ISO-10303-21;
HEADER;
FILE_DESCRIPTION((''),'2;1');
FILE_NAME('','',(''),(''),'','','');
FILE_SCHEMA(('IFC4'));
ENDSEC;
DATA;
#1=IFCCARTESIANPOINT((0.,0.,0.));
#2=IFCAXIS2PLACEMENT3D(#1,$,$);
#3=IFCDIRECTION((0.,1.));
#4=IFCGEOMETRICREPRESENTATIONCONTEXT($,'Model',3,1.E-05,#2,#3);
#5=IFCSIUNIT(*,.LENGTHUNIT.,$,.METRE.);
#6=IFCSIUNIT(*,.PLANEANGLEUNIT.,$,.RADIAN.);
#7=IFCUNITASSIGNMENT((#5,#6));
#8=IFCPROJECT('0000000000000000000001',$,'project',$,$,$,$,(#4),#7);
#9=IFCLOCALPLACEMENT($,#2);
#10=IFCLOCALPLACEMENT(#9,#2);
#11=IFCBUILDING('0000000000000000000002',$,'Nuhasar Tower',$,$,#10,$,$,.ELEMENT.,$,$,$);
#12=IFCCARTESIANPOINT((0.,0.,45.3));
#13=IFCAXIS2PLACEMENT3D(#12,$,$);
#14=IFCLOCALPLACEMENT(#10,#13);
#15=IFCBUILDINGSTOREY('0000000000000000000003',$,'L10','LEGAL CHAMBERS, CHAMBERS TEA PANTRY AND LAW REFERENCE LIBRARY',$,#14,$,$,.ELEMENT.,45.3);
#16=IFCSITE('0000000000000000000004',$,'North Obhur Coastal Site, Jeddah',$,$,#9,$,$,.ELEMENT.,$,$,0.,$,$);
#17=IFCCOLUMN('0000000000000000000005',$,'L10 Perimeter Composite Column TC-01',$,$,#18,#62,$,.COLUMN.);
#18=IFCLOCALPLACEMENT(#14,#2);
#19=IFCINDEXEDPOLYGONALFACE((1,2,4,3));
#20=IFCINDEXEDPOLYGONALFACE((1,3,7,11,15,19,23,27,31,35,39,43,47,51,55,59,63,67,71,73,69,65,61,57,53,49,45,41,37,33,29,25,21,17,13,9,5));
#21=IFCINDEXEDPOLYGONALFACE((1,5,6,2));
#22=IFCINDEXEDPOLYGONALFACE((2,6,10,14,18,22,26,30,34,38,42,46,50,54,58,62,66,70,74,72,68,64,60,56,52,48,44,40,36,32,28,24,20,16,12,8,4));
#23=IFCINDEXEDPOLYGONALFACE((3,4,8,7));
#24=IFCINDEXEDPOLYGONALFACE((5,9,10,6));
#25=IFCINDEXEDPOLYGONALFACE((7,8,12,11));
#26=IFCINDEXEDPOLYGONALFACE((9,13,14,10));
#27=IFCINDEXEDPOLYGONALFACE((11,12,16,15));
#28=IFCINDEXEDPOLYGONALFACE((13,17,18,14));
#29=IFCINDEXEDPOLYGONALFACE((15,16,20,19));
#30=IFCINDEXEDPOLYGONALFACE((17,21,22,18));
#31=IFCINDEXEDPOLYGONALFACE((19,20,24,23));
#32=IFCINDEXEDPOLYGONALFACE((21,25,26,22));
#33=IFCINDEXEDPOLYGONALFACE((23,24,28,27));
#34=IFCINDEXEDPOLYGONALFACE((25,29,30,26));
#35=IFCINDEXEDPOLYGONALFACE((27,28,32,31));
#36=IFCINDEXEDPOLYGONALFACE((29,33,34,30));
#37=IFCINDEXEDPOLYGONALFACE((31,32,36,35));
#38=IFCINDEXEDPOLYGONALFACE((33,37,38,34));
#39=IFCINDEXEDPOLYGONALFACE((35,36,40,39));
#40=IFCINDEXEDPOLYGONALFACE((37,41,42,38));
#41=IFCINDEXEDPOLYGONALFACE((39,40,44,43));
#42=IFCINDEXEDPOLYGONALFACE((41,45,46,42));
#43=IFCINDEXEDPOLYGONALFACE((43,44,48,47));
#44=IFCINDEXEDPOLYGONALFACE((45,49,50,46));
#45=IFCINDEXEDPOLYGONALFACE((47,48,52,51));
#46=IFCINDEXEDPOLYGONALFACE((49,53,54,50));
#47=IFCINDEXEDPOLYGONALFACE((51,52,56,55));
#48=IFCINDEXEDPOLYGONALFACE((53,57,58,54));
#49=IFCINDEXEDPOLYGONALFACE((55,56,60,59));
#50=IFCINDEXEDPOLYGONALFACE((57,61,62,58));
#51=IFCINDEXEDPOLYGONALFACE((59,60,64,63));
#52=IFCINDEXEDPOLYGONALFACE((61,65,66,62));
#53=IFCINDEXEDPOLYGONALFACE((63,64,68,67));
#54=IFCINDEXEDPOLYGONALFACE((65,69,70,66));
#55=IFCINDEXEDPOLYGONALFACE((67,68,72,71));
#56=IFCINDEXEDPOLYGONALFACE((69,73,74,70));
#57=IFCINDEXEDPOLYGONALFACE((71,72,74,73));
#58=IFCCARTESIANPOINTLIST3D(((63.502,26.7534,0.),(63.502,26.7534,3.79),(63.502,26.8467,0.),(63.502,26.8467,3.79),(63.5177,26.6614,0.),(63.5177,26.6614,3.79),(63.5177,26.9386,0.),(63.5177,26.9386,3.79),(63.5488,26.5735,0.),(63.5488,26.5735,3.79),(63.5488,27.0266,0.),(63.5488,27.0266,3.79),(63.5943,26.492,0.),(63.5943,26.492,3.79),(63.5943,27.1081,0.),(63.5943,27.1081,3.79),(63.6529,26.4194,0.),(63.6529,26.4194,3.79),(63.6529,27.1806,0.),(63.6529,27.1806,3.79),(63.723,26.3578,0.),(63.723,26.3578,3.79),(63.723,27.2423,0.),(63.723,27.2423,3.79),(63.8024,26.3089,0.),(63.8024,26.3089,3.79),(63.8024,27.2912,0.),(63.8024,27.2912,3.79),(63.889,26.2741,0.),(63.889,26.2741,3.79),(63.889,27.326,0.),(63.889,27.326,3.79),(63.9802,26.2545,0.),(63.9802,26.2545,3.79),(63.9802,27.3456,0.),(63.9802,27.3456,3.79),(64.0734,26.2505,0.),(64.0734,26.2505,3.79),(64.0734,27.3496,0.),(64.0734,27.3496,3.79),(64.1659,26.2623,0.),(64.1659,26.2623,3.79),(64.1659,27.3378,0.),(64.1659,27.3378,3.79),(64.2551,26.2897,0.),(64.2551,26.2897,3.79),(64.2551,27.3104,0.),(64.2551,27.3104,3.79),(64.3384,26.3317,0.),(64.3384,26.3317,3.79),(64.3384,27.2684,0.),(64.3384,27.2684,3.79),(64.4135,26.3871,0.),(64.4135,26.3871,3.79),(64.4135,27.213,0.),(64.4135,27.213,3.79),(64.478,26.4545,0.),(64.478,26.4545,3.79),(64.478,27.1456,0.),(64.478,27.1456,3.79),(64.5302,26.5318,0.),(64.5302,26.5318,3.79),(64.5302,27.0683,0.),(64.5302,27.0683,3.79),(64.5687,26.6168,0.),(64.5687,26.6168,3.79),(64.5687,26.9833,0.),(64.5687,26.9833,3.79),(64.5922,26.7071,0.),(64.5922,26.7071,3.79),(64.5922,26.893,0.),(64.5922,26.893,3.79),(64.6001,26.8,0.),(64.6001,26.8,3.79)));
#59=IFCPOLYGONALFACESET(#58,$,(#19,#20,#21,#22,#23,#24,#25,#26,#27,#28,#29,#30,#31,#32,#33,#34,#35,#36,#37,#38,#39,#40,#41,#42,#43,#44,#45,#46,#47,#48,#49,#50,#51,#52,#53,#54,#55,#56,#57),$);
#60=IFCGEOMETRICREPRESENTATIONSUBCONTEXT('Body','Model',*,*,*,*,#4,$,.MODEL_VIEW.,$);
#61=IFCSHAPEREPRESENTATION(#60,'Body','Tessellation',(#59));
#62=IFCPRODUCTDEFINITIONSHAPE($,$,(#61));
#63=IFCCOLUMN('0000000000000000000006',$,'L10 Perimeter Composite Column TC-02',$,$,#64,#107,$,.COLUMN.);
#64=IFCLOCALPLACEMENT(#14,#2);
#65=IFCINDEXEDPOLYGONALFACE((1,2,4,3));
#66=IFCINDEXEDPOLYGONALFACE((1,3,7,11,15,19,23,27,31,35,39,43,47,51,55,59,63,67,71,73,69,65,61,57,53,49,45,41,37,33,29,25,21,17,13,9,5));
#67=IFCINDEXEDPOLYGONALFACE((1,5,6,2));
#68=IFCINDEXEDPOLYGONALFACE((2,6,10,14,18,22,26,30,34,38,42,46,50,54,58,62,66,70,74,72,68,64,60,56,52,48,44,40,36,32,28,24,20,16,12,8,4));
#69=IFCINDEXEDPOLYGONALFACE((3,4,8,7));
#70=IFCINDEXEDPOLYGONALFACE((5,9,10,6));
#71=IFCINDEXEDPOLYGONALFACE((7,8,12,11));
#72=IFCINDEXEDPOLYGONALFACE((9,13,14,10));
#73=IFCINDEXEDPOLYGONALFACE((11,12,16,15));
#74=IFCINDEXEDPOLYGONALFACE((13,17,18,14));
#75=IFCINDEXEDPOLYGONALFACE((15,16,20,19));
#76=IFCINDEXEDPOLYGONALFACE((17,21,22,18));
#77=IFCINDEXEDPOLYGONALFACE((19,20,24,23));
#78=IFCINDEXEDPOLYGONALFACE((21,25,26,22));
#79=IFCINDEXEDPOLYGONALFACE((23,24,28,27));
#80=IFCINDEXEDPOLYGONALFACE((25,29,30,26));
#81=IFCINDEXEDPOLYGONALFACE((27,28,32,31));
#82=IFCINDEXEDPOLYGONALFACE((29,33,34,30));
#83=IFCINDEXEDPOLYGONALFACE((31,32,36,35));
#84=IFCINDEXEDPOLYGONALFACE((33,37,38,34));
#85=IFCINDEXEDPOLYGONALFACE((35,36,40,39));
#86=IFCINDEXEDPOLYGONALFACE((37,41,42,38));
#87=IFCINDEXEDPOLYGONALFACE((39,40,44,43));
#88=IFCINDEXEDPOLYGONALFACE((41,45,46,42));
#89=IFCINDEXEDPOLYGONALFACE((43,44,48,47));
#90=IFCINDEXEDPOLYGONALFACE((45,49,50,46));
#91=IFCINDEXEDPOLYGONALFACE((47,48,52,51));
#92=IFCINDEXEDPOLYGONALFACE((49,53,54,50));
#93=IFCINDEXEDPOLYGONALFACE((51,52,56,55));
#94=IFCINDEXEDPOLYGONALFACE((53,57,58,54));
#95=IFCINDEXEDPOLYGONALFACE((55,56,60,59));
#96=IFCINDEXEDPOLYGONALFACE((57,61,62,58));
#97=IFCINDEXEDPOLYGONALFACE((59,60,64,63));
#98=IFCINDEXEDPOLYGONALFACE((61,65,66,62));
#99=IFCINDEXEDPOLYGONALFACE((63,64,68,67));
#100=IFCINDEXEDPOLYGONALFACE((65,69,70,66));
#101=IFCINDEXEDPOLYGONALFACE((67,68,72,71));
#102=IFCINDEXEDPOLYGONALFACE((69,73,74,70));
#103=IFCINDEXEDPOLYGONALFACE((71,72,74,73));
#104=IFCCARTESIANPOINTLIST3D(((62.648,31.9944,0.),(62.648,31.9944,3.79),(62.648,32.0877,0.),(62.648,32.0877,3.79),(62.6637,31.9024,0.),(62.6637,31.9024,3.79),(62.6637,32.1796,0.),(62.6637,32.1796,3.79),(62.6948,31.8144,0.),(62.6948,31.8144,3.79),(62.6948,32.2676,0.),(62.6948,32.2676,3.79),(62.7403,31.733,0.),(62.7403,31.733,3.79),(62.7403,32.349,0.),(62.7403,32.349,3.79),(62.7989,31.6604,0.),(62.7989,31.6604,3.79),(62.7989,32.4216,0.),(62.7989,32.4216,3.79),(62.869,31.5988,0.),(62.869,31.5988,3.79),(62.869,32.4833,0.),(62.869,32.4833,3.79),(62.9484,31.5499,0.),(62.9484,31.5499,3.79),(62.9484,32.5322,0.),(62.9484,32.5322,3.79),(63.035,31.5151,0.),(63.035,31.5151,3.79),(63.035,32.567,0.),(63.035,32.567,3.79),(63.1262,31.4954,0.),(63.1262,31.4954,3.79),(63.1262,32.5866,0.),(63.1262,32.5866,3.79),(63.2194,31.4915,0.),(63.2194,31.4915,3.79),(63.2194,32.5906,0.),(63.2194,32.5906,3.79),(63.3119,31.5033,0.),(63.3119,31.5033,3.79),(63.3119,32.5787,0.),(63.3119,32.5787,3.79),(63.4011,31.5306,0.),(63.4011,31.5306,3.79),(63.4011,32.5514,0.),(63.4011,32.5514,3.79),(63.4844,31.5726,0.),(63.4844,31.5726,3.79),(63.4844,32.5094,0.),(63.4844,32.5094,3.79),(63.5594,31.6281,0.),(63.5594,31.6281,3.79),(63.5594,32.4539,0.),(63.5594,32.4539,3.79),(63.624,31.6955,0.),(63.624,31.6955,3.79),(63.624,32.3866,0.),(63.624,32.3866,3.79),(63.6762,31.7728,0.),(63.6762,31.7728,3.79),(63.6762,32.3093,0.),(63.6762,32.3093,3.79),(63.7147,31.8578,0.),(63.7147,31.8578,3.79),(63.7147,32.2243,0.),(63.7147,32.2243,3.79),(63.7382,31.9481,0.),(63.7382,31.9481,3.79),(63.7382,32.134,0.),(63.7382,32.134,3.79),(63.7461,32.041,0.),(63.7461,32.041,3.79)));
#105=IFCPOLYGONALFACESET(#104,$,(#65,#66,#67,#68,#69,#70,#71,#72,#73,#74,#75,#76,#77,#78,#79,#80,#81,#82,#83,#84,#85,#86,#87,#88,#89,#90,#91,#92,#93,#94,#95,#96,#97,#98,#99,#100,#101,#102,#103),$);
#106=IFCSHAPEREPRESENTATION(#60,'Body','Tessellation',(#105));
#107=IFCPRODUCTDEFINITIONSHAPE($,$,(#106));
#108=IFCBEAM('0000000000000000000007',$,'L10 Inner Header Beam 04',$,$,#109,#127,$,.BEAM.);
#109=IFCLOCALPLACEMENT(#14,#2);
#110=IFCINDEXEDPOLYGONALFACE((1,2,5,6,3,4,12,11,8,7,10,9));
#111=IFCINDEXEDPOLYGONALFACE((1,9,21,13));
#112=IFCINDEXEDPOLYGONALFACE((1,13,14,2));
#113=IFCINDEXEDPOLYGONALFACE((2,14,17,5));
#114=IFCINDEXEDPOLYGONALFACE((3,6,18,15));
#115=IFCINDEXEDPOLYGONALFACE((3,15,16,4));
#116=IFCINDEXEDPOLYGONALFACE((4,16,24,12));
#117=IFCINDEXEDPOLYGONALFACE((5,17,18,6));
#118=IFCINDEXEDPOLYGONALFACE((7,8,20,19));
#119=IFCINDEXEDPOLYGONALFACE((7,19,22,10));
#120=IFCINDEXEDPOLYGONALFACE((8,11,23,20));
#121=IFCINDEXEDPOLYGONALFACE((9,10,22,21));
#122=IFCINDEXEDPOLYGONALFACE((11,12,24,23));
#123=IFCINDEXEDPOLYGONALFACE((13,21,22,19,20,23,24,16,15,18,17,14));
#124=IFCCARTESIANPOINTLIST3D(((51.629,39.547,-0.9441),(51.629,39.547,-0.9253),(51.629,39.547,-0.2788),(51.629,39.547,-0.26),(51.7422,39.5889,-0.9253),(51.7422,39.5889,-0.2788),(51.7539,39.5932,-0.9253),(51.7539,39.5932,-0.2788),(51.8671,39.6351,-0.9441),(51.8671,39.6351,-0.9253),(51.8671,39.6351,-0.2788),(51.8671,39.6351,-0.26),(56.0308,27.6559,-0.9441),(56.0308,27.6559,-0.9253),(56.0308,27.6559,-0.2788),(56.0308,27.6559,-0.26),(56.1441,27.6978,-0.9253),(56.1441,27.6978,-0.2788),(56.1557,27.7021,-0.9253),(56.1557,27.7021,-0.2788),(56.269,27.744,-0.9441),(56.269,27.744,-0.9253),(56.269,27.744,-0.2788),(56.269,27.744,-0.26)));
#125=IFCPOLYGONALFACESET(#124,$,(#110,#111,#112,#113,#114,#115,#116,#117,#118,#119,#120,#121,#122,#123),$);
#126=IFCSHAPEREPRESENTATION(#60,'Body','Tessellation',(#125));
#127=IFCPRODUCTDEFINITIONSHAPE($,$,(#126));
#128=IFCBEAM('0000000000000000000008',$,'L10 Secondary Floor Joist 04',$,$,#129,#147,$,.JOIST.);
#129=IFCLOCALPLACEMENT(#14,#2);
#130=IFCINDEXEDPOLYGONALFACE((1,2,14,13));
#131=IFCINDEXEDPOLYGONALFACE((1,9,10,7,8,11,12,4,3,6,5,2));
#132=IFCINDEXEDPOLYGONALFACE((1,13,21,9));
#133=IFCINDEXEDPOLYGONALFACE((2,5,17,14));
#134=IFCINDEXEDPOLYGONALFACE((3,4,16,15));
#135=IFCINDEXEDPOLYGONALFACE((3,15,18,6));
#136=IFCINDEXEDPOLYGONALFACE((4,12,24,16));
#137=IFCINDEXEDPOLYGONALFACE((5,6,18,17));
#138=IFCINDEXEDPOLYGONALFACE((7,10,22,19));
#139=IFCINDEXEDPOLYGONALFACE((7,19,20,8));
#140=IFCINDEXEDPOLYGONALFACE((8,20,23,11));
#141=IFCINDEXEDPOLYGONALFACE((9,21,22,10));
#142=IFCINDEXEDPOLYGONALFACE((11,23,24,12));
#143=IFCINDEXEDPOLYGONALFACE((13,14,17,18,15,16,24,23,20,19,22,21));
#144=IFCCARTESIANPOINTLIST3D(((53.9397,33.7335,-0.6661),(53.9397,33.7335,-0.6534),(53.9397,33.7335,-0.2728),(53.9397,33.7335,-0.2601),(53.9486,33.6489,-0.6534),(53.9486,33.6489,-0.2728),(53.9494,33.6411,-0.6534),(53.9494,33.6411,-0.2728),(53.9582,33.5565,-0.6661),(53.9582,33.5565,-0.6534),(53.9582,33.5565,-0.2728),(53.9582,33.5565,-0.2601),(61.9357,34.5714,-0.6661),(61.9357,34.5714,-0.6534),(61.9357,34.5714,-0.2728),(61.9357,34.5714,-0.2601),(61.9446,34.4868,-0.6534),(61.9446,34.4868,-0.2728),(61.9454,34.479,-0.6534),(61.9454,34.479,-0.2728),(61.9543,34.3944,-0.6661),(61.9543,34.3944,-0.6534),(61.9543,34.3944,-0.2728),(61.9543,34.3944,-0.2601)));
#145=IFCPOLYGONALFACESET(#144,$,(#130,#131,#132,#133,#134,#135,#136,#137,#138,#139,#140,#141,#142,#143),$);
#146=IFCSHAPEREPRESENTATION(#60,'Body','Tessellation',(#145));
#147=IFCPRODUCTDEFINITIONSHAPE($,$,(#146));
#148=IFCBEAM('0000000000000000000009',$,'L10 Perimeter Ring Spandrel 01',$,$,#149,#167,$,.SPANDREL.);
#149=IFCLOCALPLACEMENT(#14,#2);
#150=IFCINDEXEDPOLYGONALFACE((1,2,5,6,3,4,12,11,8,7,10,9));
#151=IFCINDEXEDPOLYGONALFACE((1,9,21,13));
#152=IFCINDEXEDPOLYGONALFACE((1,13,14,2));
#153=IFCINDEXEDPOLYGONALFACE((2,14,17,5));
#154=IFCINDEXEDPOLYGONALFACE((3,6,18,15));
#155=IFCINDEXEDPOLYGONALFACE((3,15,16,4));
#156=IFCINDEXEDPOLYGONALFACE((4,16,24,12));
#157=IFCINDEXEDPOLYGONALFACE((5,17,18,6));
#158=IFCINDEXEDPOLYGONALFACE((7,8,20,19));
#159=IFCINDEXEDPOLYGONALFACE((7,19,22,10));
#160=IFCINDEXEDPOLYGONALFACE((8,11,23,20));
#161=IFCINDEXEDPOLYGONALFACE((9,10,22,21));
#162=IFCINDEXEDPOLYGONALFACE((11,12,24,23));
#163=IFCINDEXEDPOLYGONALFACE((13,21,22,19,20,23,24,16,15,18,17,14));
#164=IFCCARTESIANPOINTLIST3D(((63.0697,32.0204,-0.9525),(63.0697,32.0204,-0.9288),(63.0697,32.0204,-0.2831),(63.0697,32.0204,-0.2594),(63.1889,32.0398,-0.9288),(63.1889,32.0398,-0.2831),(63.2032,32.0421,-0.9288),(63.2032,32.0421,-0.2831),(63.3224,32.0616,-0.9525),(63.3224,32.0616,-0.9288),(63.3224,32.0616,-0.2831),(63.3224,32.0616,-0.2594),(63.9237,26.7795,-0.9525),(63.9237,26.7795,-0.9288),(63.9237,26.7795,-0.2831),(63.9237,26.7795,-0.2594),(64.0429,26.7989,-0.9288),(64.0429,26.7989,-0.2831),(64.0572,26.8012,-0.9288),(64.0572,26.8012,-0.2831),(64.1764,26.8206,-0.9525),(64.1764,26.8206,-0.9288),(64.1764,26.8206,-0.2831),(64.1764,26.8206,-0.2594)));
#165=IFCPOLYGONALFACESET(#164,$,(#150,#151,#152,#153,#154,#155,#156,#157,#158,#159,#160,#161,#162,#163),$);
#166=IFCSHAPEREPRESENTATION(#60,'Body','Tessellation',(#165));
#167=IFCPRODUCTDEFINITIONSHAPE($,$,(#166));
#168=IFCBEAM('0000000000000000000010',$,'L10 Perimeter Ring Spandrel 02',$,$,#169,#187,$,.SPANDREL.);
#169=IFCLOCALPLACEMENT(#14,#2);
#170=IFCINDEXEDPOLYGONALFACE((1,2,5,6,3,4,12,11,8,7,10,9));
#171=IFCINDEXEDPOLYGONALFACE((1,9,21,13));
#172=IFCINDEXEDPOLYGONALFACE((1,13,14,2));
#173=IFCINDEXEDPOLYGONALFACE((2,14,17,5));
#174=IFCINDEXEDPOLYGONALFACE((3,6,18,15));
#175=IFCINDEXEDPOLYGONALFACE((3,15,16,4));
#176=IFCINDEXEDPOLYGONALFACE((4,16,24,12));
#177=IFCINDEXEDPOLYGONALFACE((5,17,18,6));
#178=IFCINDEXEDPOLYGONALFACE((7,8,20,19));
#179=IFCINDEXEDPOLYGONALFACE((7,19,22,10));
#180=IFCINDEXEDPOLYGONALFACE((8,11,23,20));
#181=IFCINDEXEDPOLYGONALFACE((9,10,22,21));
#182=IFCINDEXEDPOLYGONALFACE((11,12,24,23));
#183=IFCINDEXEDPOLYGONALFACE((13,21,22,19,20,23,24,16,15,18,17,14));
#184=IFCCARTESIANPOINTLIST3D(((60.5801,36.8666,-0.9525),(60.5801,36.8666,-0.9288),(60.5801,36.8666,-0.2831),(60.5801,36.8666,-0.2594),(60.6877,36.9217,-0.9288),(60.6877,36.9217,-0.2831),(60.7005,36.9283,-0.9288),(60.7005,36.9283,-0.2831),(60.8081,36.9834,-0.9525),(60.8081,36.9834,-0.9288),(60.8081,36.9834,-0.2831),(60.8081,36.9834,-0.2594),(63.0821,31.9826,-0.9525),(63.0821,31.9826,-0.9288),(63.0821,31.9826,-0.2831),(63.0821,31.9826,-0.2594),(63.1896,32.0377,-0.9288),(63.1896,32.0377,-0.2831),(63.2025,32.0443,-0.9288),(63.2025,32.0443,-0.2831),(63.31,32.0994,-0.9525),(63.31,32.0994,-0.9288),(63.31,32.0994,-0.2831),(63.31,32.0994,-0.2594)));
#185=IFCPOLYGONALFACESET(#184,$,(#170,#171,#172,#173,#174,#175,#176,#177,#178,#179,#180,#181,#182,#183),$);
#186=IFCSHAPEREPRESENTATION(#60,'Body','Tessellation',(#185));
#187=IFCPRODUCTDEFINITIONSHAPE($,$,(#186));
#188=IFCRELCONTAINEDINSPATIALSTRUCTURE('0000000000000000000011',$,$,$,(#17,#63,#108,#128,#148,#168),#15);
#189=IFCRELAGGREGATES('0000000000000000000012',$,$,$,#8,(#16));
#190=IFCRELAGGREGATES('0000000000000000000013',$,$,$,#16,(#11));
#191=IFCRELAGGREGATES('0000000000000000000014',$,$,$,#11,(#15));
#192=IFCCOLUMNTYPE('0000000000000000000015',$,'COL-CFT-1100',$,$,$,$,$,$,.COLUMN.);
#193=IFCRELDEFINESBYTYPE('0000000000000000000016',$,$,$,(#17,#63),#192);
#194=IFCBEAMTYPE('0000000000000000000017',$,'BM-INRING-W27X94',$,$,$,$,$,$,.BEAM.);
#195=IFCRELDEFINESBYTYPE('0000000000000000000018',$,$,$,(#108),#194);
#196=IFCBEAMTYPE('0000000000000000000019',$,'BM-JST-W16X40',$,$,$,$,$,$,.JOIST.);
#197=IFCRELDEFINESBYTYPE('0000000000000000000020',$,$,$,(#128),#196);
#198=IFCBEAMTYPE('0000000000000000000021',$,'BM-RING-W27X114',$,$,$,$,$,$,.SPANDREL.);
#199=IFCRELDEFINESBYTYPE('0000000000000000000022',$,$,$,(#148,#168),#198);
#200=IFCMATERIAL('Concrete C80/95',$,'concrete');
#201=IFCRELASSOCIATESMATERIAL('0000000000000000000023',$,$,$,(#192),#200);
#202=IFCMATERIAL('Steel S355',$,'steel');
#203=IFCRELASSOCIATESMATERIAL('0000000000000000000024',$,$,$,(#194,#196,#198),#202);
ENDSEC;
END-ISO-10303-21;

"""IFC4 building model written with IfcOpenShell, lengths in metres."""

from ifc_helpers import new_model, si_unit, direction, frame, origin, origin_2d, place, context, subcontext, project, spatial, circle, i_section, extrude, material, material_profile, profile_set, type_object, element, save


model = new_model("IFC4")

# Units and contexts
model_context = context("Model", 3, precision=1e-05, world=origin(), true_north=direction((0.0, 1.0)))
body_context = subcontext(model_context, "Body", "Model", "MODEL_VIEW")
ifc_project = project(units=[si_unit("LENGTHUNIT", "METRE"), si_unit("PLANEANGLEUNIT", "RADIAN")], contexts=[model_context])

# Site, building, storey
site_placement = place(None, origin())
site = spatial("IfcSite", under=ifc_project, at=site_placement, Name="North Obhur Coastal Site, Jeddah", CompositionType="ELEMENT", RefElevation=0.0)
building_placement = place(site_placement, origin())
building = spatial("IfcBuilding", under=site, at=building_placement, Name="Nuhasar Tower", CompositionType="ELEMENT")
storey_placement = place(building_placement, frame((0.0, 0.0, 45.3)))
storey = spatial("IfcBuildingStorey", under=building, at=storey_placement, Name="L10", Description="LEGAL CHAMBERS, CHAMBERS TEA PANTRY AND LAW REFERENCE LIBRARY", CompositionType="ELEMENT", Elevation=45.3)

# Columns
ifc_material_1 = material(Name="Concrete C80/95", Category="concrete")
ifc_material_profile_1 = material_profile(ifc_material_1, circle(Radius=0.55, at=origin_2d()), Name="CFT1100")
ifc_profile_set_1 = profile_set([ifc_material_profile_1], Name="Concrete C80/95")
column_type = type_object("IfcColumnType", Name="COL-CFT-1100", PredefinedType="COLUMN", material=ifc_profile_set_1)
for number, where, z_axis, x_axis, name in (
    (1, (64.05, 26.8, 0.0), (0.0, 0.0, 1.0), (1.0, 0.0, 0.0), "L10 Perimeter Composite Column TC-01"),
    (2, (63.196, 32.041, 0.0), (0.0, 0.0, 1.0), (1.0, 0.0, 0.0), "L10 Perimeter Composite Column TC-02"),
):
    element("IfcColumn", number, at=place(storey_placement, frame(where, z_axis=z_axis, x_axis=x_axis)), inside=storey, type_object=column_type, Name=name, PredefinedType="COLUMN", context=body_context, shape_type="SweptSolid", body=[
        extrude(circle(Radius=0.55, at=origin_2d()), origin(), (0.0, 0.0, 1.0), 3.79),
    ])

# Beams
ifc_material_2 = material(Name="Steel S355", Category="steel")
ifc_material_profile_2 = material_profile(ifc_material_2, i_section(OverallWidth=0.2539, OverallDepth=0.6841, WebThickness=0.0125, FlangeThickness=0.0188, at=origin_2d()), Name="W27X94")
ifc_profile_set_2 = profile_set([ifc_material_profile_2], Name="Steel S355")
beam_type_1 = type_object("IfcBeamType", Name="BM-INRING-W27X94", PredefinedType="BEAM", material=ifc_profile_set_2)
beam_1_placement = place(storey_placement, frame((56.1499, 27.7, -0.6021), z_axis=(-0.347158, 0.937807, 0.0), x_axis=(-0.937807, -0.347158, 0.0)))
element("IfcBeam", 3, at=beam_1_placement, inside=storey, type_object=beam_type_1, Name="L10 Inner Header Beam 04", PredefinedType="BEAM", context=body_context, shape_type="SweptSolid", body=[
    extrude(i_section(OverallWidth=0.2539, OverallDepth=0.6841, WebThickness=0.0125, FlangeThickness=0.0188, at=origin_2d()), origin(), (0.0, 0.0, 1.0), 12.6797),
])
ifc_material_profile_3 = material_profile(ifc_material_2, i_section(OverallWidth=0.178, OverallDepth=0.406, WebThickness=0.0078, FlangeThickness=0.0127, at=origin_2d()), Name="W16X40")
ifc_profile_set_3 = profile_set([ifc_material_profile_3], Name="Steel S355")
beam_type_2 = type_object("IfcBeamType", Name="BM-JST-W16X40", PredefinedType="JOIST", material=ifc_profile_set_3)
beam_2_placement = place(storey_placement, frame((53.949, 33.645, -0.4631), z_axis=(0.994555, 0.104217, 0.0), x_axis=(-0.104217, 0.994555, 0.0)))
element("IfcBeam", 4, at=beam_2_placement, inside=storey, type_object=beam_type_2, Name="L10 Secondary Floor Joist 04", PredefinedType="JOIST", context=body_context, shape_type="SweptSolid", body=[
    extrude(i_section(OverallWidth=0.178, OverallDepth=0.406, WebThickness=0.0078, FlangeThickness=0.0127, at=origin_2d()), origin(), (0.0, 0.0, 1.0), 8.0398),
])
ifc_material_profile_4 = material_profile(ifc_material_2, i_section(OverallWidth=0.2561, OverallDepth=0.6931, WebThickness=0.0144, FlangeThickness=0.0237, at=origin_2d()), Name="W27X114")
ifc_profile_set_4 = profile_set([ifc_material_profile_4], Name="Steel S355")
beam_type_3 = type_object("IfcBeamType", Name="BM-RING-W27X114", PredefinedType="SPANDREL", material=ifc_profile_set_4)
beam_3_placement = place(storey_placement, frame((64.05, 26.8, -0.606), z_axis=(-0.160827, 0.986983, 0.0), x_axis=(-0.986983, -0.160827, 0.0)))
element("IfcBeam", 5, at=beam_3_placement, inside=storey, type_object=beam_type_3, Name="L10 Perimeter Ring Spandrel 01", PredefinedType="SPANDREL", context=body_context, shape_type="SweptSolid", body=[
    extrude(i_section(OverallWidth=0.2561, OverallDepth=0.6931, WebThickness=0.0144, FlangeThickness=0.0237, at=origin_2d()), origin(), (0.0, 0.0, 1.0), 5.3101),
])
beam_4_placement = place(storey_placement, frame((63.196, 32.041, -0.606), z_axis=(-0.45593, 0.890016, 0.0), x_axis=(-0.890016, -0.45593, 0.0)))
element("IfcBeam", 6, at=beam_4_placement, inside=storey, type_object=beam_type_3, Name="L10 Perimeter Ring Spandrel 02", PredefinedType="SPANDREL", context=body_context, shape_type="SweptSolid", body=[
    extrude(i_section(OverallWidth=0.2561, OverallDepth=0.6931, WebThickness=0.0144, FlangeThickness=0.0237, at=origin_2d()), origin(), (0.0, 0.0, 1.0), 5.4875),
])

save(model, "model.ifc")
